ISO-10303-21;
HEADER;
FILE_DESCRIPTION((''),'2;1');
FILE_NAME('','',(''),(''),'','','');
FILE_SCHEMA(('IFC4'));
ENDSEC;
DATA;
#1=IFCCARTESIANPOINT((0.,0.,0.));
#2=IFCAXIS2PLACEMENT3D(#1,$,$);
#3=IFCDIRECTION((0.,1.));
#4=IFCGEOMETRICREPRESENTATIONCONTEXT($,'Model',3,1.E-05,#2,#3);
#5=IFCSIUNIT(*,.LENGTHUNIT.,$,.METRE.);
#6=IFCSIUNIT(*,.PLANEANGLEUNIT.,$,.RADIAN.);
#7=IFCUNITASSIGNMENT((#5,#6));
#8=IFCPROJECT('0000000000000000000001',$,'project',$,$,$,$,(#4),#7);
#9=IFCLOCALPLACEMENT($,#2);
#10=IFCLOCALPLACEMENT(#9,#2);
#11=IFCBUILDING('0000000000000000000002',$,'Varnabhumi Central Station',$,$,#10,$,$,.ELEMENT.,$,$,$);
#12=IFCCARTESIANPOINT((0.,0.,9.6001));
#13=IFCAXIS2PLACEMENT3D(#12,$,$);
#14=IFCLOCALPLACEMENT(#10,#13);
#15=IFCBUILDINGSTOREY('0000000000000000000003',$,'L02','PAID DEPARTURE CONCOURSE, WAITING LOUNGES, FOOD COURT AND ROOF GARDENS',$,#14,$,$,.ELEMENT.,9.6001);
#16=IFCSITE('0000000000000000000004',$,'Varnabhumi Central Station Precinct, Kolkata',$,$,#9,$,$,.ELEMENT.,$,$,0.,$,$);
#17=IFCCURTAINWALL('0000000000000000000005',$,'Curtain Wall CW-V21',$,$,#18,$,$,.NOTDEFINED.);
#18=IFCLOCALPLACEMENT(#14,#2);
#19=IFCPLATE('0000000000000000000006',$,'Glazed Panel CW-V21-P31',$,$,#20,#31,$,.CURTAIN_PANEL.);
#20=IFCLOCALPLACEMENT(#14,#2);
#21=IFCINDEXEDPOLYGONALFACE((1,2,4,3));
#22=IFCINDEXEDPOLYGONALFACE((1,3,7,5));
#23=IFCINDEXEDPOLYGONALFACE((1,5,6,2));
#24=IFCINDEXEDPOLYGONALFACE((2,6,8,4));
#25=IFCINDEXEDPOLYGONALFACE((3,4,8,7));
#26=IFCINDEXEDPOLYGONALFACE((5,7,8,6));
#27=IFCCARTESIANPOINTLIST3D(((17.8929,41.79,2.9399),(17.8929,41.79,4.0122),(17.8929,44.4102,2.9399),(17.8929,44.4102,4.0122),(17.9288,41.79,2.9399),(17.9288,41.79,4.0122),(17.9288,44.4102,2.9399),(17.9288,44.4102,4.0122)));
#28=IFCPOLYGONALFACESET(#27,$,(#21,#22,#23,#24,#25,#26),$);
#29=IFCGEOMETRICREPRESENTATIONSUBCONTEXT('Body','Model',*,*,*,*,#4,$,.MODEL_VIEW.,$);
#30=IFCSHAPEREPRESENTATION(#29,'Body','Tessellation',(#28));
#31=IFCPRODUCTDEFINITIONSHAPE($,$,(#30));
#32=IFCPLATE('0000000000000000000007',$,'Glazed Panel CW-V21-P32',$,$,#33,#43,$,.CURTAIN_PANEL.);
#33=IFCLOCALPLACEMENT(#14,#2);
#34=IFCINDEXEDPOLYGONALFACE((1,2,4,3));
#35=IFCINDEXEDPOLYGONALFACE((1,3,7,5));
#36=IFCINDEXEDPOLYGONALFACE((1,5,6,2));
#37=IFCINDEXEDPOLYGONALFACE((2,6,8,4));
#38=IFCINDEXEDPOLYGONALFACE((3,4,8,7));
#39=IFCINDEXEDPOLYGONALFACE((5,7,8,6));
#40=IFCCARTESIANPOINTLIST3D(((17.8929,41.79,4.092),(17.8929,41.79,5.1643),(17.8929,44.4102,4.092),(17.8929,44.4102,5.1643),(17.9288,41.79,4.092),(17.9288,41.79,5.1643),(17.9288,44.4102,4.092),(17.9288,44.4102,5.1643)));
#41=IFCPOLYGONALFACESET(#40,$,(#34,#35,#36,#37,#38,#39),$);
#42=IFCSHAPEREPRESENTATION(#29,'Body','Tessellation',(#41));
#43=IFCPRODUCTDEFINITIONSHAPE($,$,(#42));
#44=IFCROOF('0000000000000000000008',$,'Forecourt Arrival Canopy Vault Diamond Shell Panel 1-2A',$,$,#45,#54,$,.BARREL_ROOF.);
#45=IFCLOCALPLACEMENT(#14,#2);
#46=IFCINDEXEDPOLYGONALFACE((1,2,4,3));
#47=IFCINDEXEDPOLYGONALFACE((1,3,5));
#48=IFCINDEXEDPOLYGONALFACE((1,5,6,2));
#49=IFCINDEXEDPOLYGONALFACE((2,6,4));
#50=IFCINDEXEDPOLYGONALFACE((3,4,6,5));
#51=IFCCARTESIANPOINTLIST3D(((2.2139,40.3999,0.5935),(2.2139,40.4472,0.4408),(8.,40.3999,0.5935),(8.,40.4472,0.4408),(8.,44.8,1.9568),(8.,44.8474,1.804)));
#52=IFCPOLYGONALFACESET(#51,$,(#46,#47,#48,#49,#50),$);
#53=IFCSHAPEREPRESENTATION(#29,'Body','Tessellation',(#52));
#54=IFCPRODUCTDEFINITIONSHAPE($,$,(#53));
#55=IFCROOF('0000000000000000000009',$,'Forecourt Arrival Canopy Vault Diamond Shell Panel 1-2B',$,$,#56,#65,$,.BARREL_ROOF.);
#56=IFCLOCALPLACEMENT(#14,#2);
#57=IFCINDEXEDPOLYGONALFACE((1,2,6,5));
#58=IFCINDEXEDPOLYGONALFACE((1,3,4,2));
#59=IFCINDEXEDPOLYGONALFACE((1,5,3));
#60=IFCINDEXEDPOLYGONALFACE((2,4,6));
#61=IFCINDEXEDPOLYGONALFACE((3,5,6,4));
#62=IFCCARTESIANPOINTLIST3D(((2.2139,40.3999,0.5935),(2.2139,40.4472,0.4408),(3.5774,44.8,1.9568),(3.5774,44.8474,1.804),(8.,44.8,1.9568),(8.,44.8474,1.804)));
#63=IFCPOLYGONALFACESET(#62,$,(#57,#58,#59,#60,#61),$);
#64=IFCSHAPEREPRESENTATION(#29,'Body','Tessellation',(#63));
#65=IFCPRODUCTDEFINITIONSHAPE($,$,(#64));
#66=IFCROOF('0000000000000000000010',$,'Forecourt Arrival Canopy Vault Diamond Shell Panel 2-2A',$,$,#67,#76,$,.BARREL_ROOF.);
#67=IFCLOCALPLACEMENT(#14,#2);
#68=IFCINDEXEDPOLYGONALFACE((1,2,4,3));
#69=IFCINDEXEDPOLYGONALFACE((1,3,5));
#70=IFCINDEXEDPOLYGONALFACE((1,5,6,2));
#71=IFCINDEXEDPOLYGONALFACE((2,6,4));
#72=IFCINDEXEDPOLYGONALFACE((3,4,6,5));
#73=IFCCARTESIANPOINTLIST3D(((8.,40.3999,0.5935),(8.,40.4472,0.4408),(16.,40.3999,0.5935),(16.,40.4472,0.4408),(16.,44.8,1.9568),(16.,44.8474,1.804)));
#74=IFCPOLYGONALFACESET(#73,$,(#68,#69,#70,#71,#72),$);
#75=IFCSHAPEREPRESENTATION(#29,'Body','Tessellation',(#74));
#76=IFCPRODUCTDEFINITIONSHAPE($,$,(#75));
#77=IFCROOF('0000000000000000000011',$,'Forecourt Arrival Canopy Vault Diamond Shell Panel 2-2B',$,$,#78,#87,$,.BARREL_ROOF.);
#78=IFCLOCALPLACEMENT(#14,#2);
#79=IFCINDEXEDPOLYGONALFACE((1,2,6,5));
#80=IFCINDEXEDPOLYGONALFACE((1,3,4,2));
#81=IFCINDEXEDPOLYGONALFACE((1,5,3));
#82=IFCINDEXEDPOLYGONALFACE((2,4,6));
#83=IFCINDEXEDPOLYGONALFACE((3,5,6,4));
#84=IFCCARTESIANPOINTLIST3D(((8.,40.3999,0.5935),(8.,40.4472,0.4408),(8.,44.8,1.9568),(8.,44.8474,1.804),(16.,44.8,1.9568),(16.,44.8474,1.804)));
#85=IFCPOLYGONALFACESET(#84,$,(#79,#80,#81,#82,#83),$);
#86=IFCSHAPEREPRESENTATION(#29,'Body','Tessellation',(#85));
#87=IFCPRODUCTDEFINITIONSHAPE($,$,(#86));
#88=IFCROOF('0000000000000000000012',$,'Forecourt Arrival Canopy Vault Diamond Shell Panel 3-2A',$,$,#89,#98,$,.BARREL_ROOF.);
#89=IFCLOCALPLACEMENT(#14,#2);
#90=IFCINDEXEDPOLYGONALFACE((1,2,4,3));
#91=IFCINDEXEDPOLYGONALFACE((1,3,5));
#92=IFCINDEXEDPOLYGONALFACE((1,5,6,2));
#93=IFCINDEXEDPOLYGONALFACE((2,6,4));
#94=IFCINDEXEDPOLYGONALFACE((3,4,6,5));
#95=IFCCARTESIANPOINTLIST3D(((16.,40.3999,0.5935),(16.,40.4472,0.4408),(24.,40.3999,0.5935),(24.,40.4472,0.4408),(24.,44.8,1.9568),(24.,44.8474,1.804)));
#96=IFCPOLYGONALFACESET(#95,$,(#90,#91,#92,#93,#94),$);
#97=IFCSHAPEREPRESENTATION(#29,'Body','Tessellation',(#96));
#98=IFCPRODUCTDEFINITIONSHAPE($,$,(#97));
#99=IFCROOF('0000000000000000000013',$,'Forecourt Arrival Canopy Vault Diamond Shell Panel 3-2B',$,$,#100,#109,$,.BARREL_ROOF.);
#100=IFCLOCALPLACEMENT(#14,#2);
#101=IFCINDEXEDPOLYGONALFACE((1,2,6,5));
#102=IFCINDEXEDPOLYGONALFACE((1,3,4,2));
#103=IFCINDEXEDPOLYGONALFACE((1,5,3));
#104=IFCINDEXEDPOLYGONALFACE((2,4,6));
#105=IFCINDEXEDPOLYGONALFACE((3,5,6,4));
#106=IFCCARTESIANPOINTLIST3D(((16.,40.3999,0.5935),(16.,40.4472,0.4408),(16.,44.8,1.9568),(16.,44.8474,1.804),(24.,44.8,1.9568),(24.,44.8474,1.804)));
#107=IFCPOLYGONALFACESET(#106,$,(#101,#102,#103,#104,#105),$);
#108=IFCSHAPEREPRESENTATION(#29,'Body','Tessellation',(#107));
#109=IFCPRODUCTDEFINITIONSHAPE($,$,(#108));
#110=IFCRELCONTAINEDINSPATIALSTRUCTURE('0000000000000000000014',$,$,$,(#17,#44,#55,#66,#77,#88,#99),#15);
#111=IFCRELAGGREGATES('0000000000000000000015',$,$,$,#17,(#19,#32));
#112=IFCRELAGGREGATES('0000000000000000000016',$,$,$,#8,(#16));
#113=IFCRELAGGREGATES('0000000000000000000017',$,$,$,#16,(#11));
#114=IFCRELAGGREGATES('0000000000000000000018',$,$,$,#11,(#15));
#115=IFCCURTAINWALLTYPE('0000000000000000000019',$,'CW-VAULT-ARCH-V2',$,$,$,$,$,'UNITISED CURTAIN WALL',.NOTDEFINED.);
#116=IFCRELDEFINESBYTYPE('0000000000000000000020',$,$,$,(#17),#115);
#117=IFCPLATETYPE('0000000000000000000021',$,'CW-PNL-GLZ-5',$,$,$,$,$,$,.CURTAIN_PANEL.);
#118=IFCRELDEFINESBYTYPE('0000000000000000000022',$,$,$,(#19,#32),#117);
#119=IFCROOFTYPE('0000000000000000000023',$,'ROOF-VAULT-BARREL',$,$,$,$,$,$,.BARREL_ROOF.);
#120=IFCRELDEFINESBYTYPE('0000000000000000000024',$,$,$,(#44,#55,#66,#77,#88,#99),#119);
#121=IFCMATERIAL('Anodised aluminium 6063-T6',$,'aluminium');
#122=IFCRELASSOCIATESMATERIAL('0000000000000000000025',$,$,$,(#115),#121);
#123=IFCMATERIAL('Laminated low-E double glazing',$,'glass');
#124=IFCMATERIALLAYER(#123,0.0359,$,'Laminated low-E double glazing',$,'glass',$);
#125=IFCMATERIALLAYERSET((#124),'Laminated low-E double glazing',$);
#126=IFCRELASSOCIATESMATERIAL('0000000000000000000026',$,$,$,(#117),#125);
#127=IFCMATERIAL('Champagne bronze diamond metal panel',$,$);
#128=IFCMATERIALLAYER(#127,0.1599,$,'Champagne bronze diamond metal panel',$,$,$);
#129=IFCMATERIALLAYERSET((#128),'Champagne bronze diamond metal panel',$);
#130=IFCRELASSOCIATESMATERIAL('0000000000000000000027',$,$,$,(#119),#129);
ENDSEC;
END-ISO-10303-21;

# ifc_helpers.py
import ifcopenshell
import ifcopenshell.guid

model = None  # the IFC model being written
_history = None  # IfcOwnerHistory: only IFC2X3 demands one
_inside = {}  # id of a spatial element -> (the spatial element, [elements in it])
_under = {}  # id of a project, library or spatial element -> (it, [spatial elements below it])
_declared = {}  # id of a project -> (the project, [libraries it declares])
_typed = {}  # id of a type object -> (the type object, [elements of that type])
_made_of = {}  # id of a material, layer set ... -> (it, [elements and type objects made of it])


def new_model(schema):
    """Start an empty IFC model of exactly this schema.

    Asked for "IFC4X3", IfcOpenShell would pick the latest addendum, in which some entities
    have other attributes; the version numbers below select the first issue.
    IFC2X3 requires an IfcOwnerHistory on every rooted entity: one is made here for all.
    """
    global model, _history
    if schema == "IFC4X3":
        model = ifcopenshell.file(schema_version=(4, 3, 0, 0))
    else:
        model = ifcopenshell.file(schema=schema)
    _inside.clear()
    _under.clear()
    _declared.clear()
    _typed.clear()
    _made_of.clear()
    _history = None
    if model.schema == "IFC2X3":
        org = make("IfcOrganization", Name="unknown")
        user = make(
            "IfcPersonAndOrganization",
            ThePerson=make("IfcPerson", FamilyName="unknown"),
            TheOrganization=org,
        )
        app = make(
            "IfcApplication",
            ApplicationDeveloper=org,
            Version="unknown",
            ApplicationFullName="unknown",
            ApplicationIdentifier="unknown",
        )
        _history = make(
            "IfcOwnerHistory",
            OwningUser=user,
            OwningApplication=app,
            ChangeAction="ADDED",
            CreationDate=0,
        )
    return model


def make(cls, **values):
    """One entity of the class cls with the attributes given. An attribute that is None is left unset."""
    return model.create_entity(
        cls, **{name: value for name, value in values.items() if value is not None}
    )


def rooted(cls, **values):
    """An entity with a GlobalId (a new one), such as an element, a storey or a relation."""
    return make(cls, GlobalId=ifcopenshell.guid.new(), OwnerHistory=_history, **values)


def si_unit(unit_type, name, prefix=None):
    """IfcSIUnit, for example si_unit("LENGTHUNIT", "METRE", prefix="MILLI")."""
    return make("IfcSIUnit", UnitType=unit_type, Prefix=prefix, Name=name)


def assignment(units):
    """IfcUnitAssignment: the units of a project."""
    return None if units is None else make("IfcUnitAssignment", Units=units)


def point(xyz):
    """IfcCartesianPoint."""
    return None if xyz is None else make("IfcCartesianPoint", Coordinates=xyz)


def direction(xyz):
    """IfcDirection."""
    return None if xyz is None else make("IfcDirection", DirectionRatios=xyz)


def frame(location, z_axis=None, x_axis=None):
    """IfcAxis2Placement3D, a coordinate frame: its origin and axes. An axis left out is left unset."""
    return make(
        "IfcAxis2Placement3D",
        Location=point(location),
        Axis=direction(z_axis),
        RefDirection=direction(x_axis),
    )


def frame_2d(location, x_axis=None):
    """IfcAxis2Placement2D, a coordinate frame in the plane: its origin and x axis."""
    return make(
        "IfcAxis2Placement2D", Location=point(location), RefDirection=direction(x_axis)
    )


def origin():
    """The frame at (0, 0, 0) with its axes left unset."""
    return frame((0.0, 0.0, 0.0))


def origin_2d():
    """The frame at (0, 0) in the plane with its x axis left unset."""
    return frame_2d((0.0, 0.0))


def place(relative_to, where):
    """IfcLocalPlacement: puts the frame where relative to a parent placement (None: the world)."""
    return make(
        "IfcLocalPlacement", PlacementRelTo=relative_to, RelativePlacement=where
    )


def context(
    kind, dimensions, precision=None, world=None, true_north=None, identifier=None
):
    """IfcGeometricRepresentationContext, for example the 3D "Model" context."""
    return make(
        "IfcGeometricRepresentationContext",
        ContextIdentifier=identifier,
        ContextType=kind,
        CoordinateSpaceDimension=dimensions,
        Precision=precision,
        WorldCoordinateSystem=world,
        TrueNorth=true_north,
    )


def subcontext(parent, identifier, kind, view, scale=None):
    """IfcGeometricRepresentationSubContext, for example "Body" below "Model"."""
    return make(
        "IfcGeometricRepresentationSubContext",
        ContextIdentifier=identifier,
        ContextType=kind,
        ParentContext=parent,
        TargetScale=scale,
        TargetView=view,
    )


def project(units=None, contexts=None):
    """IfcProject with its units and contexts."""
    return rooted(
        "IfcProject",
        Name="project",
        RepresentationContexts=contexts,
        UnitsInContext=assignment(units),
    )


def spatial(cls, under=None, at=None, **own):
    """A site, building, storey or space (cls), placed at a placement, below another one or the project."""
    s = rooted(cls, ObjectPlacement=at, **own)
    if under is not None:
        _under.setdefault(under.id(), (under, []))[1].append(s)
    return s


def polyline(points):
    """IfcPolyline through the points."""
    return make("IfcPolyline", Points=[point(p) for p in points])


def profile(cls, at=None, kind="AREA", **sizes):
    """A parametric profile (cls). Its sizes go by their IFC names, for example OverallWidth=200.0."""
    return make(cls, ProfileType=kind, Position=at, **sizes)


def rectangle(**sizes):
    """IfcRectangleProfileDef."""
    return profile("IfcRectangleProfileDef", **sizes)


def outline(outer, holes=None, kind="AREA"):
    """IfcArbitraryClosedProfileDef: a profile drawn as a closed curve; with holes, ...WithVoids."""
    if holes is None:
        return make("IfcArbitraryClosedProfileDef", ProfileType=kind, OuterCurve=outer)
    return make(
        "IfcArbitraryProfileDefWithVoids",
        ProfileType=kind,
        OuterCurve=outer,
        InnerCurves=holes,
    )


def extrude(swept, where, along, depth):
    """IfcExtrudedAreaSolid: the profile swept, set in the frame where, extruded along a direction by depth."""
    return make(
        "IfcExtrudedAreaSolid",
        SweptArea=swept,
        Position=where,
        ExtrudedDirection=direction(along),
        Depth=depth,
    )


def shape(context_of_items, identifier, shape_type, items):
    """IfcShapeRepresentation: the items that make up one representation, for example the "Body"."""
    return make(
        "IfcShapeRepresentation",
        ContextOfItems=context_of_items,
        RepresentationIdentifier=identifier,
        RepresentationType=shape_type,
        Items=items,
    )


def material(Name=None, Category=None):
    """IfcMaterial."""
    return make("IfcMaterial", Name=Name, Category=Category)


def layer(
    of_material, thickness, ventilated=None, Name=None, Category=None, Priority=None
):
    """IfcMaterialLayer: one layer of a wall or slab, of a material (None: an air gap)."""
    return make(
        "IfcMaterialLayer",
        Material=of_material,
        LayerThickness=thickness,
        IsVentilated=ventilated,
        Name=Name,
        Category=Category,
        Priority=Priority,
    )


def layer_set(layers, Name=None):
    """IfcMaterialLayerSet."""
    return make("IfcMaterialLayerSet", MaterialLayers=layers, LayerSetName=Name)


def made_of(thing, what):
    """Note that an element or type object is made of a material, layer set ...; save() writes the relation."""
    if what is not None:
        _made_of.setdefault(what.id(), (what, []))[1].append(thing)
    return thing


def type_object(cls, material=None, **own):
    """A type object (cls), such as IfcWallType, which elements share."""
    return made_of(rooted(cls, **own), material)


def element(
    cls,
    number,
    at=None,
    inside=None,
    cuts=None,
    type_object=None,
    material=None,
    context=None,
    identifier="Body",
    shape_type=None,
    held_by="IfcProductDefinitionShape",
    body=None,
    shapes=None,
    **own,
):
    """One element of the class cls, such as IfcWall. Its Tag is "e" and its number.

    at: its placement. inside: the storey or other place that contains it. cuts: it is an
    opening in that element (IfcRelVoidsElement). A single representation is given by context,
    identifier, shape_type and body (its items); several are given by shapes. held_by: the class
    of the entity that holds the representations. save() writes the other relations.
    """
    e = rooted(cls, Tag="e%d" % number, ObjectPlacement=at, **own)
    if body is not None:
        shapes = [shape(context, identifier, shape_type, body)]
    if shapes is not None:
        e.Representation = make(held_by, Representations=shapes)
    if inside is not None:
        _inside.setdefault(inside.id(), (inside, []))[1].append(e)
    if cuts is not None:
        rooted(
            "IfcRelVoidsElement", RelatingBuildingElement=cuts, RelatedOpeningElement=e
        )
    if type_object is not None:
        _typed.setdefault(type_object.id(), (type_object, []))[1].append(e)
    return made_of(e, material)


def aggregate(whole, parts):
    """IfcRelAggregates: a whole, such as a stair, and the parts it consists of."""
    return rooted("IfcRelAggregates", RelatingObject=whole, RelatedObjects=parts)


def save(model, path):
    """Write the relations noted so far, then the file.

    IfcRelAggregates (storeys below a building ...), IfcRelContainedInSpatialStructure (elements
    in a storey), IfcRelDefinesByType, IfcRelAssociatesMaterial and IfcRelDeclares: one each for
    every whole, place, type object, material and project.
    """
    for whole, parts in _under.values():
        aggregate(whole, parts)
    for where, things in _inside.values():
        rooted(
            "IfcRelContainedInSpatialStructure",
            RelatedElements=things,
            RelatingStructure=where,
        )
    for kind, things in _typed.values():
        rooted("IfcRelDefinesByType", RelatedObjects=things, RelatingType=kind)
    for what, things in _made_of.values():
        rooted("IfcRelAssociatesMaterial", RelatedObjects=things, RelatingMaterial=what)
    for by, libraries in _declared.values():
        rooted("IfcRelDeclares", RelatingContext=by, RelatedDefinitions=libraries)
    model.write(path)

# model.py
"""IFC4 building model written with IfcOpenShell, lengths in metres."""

from ifc_helpers import new_model, si_unit, direction, frame, origin, origin_2d, place, context, subcontext, project, spatial, polyline, rectangle, outline, extrude, material, layer, layer_set, type_object, element, aggregate, save


model = new_model("IFC4")

# Units and contexts
model_context = context("Model", 3, precision=1e-05, world=origin(), true_north=direction((0.0, 1.0)))
body_context = subcontext(model_context, "Body", "Model", "MODEL_VIEW")
ifc_project = project(units=[si_unit("LENGTHUNIT", "METRE"), si_unit("PLANEANGLEUNIT", "RADIAN")], contexts=[model_context])

# Site, building, storey
site_placement = place(None, origin())
site = spatial("IfcSite", under=ifc_project, at=site_placement, Name="Varnabhumi Central Station Precinct, Kolkata", CompositionType="ELEMENT", RefElevation=0.0)
building_placement = place(site_placement, origin())
building = spatial("IfcBuilding", under=site, at=building_placement, Name="Varnabhumi Central Station", CompositionType="ELEMENT")
storey_placement = place(building_placement, frame((0.0, 0.0, 9.6001)))
storey = spatial("IfcBuildingStorey", under=building, at=storey_placement, Name="L02", Description="PAID DEPARTURE CONCOURSE, WAITING LOUNGES, FOOD COURT AND ROOF GARDENS", CompositionType="ELEMENT", Elevation=9.6001)

# Curtain wall
ifc_material_1 = material(Name="Anodised aluminium 6063-T6", Category="aluminium")
curtain_wall_type = type_object("IfcCurtainWallType", Name="CW-VAULT-ARCH-V2", ElementType="UNITISED CURTAIN WALL", PredefinedType="NOTDEFINED", material=ifc_material_1)
curtain_wall_placement = place(storey_placement, origin())
curtain_wall = element("IfcCurtainWall", 1, at=curtain_wall_placement, inside=storey, type_object=curtain_wall_type, Name="Curtain Wall CW-V21", PredefinedType="NOTDEFINED")

# Plates
ifc_material_2 = material(Name="Laminated low-E double glazing", Category="glass")
ifc_layer_1 = layer(ifc_material_2, 0.0359, Name="Laminated low-E double glazing", Category="glass")
ifc_layer_set_1 = layer_set([ifc_layer_1], Name="Laminated low-E double glazing")
plate_type = type_object("IfcPlateType", Name="CW-PNL-GLZ-5", PredefinedType="CURTAIN_PANEL", material=ifc_layer_set_1)
plate_1_placement = place(storey_placement, frame((17.9109, 43.1001, 2.9399), z_axis=(0.0, 0.0, 1.0), x_axis=(0.0, 1.0, 0.0)))
plate_1 = element("IfcPlate", 2, at=plate_1_placement, type_object=plate_type, Name="Glazed Panel CW-V21-P31", PredefinedType="CURTAIN_PANEL", context=body_context, shape_type="SweptSolid", body=[
    extrude(rectangle(XDim=2.6201, YDim=0.0359, at=origin_2d()), origin(), (0.0, 0.0, 1.0), 1.0723),
])
plate_2_placement = place(storey_placement, frame((17.9109, 43.1001, 4.092), z_axis=(0.0, 0.0, 1.0), x_axis=(0.0, 1.0, 0.0)))
plate_2 = element("IfcPlate", 3, at=plate_2_placement, type_object=plate_type, Name="Glazed Panel CW-V21-P32", PredefinedType="CURTAIN_PANEL", context=body_context, shape_type="SweptSolid", body=[
    extrude(rectangle(XDim=2.6201, YDim=0.0359, at=origin_2d()), origin(), (0.0, 0.0, 1.0), 1.0723),
])
aggregate(curtain_wall, [plate_1, plate_2])

# Roofs
ifc_material_3 = material(Name="Champagne bronze diamond metal panel")
ifc_layer_2 = layer(ifc_material_3, 0.1599, Name="Champagne bronze diamond metal panel")
ifc_layer_set_2 = layer_set([ifc_layer_2], Name="Champagne bronze diamond metal panel")
roof_type = type_object("IfcRoofType", Name="ROOF-VAULT-BARREL", PredefinedType="BARREL_ROOF", material=ifc_layer_set_2)
roof_1_placement = place(storey_placement, frame((2.2139, 40.3999, 0.5935), z_axis=(0.0, -0.295947, 0.955204), x_axis=(1.0, 0.0, 0.0)))
element("IfcRoof", 4, at=roof_1_placement, inside=storey, type_object=roof_type, Name="Forecourt Arrival Canopy Vault Diamond Shell Panel 1-2A", PredefinedType="BARREL_ROOF", context=body_context, shape_type="SweptSolid", body=[
    extrude(outline(polyline([(0.0, 0.0), (5.7861, 0.0), (5.7861, 4.6065), (0.0, 0.0)])), origin(), (0.0, 0.0, -1.0), 0.1599),
])
roof_2_placement = place(storey_placement, frame((2.2139, 40.3999, 0.5935), z_axis=(0.0, -0.295947, 0.955204), x_axis=(0.782345, 0.594945, 0.18433)))
element("IfcRoof", 5, at=roof_2_placement, inside=storey, type_object=roof_type, Name="Forecourt Arrival Canopy Vault Diamond Shell Panel 1-2B", PredefinedType="BARREL_ROOF", context=body_context, shape_type="SweptSolid", body=[
    extrude(outline(polyline([(0.0, 0.0), (7.3959, 0.0), (3.9359, 2.7546), (0.0, 0.0)])), origin(), (0.0, 0.0, -1.0), 0.1599),
])
roof_3_placement = place(storey_placement, frame((8.0, 40.3999, 0.5935), z_axis=(0.0, -0.295947, 0.955204), x_axis=(1.0, 0.0, 0.0)))
element("IfcRoof", 6, at=roof_3_placement, inside=storey, type_object=roof_type, Name="Forecourt Arrival Canopy Vault Diamond Shell Panel 2-2A", PredefinedType="BARREL_ROOF", context=body_context, shape_type="SweptSolid", body=[
    extrude(outline(polyline([(0.0, 0.0), (8.0, 0.0), (8.0, 4.6065), (0.0, 0.0)])), origin(), (0.0, 0.0, -1.0), 0.1599),
])
roof_4_placement = place(storey_placement, frame((8.0, 40.3999, 0.5935), z_axis=(0.0, -0.295947, 0.955204), x_axis=(0.866602, 0.476647, 0.147678)))
element("IfcRoof", 7, at=roof_4_placement, inside=storey, type_object=roof_type, Name="Forecourt Arrival Canopy Vault Diamond Shell Panel 2-2B", PredefinedType="BARREL_ROOF", context=body_context, shape_type="SweptSolid", body=[
    extrude(outline(polyline([(0.0, 0.0), (9.2315, 0.0), (2.2986, 3.992), (0.0, 0.0)])), origin(), (0.0, 0.0, -1.0), 0.1599),
])
roof_5_placement = place(storey_placement, frame((16.0, 40.3999, 0.5935), z_axis=(0.0, -0.295947, 0.955204), x_axis=(1.0, 0.0, 0.0)))
element("IfcRoof", 8, at=roof_5_placement, inside=storey, type_object=roof_type, Name="Forecourt Arrival Canopy Vault Diamond Shell Panel 3-2A", PredefinedType="BARREL_ROOF", context=body_context, shape_type="SweptSolid", body=[
    extrude(outline(polyline([(0.0, 0.0), (8.0, 0.0), (8.0, 4.6065), (0.0, 0.0)])), origin(), (0.0, 0.0, -1.0), 0.1599),
])
roof_6_placement = place(storey_placement, frame((16.0, 40.3999, 0.5935), z_axis=(0.0, -0.295947, 0.955204), x_axis=(0.866602, 0.476647, 0.147678)))
element("IfcRoof", 9, at=roof_6_placement, inside=storey, type_object=roof_type, Name="Forecourt Arrival Canopy Vault Diamond Shell Panel 3-2B", PredefinedType="BARREL_ROOF", context=body_context, shape_type="SweptSolid", body=[
    extrude(outline(polyline([(0.0, 0.0), (9.2315, 0.0), (2.2986, 3.992), (0.0, 0.0)])), origin(), (0.0, 0.0, -1.0), 0.1599),
])

save(model, "model.ifc")
